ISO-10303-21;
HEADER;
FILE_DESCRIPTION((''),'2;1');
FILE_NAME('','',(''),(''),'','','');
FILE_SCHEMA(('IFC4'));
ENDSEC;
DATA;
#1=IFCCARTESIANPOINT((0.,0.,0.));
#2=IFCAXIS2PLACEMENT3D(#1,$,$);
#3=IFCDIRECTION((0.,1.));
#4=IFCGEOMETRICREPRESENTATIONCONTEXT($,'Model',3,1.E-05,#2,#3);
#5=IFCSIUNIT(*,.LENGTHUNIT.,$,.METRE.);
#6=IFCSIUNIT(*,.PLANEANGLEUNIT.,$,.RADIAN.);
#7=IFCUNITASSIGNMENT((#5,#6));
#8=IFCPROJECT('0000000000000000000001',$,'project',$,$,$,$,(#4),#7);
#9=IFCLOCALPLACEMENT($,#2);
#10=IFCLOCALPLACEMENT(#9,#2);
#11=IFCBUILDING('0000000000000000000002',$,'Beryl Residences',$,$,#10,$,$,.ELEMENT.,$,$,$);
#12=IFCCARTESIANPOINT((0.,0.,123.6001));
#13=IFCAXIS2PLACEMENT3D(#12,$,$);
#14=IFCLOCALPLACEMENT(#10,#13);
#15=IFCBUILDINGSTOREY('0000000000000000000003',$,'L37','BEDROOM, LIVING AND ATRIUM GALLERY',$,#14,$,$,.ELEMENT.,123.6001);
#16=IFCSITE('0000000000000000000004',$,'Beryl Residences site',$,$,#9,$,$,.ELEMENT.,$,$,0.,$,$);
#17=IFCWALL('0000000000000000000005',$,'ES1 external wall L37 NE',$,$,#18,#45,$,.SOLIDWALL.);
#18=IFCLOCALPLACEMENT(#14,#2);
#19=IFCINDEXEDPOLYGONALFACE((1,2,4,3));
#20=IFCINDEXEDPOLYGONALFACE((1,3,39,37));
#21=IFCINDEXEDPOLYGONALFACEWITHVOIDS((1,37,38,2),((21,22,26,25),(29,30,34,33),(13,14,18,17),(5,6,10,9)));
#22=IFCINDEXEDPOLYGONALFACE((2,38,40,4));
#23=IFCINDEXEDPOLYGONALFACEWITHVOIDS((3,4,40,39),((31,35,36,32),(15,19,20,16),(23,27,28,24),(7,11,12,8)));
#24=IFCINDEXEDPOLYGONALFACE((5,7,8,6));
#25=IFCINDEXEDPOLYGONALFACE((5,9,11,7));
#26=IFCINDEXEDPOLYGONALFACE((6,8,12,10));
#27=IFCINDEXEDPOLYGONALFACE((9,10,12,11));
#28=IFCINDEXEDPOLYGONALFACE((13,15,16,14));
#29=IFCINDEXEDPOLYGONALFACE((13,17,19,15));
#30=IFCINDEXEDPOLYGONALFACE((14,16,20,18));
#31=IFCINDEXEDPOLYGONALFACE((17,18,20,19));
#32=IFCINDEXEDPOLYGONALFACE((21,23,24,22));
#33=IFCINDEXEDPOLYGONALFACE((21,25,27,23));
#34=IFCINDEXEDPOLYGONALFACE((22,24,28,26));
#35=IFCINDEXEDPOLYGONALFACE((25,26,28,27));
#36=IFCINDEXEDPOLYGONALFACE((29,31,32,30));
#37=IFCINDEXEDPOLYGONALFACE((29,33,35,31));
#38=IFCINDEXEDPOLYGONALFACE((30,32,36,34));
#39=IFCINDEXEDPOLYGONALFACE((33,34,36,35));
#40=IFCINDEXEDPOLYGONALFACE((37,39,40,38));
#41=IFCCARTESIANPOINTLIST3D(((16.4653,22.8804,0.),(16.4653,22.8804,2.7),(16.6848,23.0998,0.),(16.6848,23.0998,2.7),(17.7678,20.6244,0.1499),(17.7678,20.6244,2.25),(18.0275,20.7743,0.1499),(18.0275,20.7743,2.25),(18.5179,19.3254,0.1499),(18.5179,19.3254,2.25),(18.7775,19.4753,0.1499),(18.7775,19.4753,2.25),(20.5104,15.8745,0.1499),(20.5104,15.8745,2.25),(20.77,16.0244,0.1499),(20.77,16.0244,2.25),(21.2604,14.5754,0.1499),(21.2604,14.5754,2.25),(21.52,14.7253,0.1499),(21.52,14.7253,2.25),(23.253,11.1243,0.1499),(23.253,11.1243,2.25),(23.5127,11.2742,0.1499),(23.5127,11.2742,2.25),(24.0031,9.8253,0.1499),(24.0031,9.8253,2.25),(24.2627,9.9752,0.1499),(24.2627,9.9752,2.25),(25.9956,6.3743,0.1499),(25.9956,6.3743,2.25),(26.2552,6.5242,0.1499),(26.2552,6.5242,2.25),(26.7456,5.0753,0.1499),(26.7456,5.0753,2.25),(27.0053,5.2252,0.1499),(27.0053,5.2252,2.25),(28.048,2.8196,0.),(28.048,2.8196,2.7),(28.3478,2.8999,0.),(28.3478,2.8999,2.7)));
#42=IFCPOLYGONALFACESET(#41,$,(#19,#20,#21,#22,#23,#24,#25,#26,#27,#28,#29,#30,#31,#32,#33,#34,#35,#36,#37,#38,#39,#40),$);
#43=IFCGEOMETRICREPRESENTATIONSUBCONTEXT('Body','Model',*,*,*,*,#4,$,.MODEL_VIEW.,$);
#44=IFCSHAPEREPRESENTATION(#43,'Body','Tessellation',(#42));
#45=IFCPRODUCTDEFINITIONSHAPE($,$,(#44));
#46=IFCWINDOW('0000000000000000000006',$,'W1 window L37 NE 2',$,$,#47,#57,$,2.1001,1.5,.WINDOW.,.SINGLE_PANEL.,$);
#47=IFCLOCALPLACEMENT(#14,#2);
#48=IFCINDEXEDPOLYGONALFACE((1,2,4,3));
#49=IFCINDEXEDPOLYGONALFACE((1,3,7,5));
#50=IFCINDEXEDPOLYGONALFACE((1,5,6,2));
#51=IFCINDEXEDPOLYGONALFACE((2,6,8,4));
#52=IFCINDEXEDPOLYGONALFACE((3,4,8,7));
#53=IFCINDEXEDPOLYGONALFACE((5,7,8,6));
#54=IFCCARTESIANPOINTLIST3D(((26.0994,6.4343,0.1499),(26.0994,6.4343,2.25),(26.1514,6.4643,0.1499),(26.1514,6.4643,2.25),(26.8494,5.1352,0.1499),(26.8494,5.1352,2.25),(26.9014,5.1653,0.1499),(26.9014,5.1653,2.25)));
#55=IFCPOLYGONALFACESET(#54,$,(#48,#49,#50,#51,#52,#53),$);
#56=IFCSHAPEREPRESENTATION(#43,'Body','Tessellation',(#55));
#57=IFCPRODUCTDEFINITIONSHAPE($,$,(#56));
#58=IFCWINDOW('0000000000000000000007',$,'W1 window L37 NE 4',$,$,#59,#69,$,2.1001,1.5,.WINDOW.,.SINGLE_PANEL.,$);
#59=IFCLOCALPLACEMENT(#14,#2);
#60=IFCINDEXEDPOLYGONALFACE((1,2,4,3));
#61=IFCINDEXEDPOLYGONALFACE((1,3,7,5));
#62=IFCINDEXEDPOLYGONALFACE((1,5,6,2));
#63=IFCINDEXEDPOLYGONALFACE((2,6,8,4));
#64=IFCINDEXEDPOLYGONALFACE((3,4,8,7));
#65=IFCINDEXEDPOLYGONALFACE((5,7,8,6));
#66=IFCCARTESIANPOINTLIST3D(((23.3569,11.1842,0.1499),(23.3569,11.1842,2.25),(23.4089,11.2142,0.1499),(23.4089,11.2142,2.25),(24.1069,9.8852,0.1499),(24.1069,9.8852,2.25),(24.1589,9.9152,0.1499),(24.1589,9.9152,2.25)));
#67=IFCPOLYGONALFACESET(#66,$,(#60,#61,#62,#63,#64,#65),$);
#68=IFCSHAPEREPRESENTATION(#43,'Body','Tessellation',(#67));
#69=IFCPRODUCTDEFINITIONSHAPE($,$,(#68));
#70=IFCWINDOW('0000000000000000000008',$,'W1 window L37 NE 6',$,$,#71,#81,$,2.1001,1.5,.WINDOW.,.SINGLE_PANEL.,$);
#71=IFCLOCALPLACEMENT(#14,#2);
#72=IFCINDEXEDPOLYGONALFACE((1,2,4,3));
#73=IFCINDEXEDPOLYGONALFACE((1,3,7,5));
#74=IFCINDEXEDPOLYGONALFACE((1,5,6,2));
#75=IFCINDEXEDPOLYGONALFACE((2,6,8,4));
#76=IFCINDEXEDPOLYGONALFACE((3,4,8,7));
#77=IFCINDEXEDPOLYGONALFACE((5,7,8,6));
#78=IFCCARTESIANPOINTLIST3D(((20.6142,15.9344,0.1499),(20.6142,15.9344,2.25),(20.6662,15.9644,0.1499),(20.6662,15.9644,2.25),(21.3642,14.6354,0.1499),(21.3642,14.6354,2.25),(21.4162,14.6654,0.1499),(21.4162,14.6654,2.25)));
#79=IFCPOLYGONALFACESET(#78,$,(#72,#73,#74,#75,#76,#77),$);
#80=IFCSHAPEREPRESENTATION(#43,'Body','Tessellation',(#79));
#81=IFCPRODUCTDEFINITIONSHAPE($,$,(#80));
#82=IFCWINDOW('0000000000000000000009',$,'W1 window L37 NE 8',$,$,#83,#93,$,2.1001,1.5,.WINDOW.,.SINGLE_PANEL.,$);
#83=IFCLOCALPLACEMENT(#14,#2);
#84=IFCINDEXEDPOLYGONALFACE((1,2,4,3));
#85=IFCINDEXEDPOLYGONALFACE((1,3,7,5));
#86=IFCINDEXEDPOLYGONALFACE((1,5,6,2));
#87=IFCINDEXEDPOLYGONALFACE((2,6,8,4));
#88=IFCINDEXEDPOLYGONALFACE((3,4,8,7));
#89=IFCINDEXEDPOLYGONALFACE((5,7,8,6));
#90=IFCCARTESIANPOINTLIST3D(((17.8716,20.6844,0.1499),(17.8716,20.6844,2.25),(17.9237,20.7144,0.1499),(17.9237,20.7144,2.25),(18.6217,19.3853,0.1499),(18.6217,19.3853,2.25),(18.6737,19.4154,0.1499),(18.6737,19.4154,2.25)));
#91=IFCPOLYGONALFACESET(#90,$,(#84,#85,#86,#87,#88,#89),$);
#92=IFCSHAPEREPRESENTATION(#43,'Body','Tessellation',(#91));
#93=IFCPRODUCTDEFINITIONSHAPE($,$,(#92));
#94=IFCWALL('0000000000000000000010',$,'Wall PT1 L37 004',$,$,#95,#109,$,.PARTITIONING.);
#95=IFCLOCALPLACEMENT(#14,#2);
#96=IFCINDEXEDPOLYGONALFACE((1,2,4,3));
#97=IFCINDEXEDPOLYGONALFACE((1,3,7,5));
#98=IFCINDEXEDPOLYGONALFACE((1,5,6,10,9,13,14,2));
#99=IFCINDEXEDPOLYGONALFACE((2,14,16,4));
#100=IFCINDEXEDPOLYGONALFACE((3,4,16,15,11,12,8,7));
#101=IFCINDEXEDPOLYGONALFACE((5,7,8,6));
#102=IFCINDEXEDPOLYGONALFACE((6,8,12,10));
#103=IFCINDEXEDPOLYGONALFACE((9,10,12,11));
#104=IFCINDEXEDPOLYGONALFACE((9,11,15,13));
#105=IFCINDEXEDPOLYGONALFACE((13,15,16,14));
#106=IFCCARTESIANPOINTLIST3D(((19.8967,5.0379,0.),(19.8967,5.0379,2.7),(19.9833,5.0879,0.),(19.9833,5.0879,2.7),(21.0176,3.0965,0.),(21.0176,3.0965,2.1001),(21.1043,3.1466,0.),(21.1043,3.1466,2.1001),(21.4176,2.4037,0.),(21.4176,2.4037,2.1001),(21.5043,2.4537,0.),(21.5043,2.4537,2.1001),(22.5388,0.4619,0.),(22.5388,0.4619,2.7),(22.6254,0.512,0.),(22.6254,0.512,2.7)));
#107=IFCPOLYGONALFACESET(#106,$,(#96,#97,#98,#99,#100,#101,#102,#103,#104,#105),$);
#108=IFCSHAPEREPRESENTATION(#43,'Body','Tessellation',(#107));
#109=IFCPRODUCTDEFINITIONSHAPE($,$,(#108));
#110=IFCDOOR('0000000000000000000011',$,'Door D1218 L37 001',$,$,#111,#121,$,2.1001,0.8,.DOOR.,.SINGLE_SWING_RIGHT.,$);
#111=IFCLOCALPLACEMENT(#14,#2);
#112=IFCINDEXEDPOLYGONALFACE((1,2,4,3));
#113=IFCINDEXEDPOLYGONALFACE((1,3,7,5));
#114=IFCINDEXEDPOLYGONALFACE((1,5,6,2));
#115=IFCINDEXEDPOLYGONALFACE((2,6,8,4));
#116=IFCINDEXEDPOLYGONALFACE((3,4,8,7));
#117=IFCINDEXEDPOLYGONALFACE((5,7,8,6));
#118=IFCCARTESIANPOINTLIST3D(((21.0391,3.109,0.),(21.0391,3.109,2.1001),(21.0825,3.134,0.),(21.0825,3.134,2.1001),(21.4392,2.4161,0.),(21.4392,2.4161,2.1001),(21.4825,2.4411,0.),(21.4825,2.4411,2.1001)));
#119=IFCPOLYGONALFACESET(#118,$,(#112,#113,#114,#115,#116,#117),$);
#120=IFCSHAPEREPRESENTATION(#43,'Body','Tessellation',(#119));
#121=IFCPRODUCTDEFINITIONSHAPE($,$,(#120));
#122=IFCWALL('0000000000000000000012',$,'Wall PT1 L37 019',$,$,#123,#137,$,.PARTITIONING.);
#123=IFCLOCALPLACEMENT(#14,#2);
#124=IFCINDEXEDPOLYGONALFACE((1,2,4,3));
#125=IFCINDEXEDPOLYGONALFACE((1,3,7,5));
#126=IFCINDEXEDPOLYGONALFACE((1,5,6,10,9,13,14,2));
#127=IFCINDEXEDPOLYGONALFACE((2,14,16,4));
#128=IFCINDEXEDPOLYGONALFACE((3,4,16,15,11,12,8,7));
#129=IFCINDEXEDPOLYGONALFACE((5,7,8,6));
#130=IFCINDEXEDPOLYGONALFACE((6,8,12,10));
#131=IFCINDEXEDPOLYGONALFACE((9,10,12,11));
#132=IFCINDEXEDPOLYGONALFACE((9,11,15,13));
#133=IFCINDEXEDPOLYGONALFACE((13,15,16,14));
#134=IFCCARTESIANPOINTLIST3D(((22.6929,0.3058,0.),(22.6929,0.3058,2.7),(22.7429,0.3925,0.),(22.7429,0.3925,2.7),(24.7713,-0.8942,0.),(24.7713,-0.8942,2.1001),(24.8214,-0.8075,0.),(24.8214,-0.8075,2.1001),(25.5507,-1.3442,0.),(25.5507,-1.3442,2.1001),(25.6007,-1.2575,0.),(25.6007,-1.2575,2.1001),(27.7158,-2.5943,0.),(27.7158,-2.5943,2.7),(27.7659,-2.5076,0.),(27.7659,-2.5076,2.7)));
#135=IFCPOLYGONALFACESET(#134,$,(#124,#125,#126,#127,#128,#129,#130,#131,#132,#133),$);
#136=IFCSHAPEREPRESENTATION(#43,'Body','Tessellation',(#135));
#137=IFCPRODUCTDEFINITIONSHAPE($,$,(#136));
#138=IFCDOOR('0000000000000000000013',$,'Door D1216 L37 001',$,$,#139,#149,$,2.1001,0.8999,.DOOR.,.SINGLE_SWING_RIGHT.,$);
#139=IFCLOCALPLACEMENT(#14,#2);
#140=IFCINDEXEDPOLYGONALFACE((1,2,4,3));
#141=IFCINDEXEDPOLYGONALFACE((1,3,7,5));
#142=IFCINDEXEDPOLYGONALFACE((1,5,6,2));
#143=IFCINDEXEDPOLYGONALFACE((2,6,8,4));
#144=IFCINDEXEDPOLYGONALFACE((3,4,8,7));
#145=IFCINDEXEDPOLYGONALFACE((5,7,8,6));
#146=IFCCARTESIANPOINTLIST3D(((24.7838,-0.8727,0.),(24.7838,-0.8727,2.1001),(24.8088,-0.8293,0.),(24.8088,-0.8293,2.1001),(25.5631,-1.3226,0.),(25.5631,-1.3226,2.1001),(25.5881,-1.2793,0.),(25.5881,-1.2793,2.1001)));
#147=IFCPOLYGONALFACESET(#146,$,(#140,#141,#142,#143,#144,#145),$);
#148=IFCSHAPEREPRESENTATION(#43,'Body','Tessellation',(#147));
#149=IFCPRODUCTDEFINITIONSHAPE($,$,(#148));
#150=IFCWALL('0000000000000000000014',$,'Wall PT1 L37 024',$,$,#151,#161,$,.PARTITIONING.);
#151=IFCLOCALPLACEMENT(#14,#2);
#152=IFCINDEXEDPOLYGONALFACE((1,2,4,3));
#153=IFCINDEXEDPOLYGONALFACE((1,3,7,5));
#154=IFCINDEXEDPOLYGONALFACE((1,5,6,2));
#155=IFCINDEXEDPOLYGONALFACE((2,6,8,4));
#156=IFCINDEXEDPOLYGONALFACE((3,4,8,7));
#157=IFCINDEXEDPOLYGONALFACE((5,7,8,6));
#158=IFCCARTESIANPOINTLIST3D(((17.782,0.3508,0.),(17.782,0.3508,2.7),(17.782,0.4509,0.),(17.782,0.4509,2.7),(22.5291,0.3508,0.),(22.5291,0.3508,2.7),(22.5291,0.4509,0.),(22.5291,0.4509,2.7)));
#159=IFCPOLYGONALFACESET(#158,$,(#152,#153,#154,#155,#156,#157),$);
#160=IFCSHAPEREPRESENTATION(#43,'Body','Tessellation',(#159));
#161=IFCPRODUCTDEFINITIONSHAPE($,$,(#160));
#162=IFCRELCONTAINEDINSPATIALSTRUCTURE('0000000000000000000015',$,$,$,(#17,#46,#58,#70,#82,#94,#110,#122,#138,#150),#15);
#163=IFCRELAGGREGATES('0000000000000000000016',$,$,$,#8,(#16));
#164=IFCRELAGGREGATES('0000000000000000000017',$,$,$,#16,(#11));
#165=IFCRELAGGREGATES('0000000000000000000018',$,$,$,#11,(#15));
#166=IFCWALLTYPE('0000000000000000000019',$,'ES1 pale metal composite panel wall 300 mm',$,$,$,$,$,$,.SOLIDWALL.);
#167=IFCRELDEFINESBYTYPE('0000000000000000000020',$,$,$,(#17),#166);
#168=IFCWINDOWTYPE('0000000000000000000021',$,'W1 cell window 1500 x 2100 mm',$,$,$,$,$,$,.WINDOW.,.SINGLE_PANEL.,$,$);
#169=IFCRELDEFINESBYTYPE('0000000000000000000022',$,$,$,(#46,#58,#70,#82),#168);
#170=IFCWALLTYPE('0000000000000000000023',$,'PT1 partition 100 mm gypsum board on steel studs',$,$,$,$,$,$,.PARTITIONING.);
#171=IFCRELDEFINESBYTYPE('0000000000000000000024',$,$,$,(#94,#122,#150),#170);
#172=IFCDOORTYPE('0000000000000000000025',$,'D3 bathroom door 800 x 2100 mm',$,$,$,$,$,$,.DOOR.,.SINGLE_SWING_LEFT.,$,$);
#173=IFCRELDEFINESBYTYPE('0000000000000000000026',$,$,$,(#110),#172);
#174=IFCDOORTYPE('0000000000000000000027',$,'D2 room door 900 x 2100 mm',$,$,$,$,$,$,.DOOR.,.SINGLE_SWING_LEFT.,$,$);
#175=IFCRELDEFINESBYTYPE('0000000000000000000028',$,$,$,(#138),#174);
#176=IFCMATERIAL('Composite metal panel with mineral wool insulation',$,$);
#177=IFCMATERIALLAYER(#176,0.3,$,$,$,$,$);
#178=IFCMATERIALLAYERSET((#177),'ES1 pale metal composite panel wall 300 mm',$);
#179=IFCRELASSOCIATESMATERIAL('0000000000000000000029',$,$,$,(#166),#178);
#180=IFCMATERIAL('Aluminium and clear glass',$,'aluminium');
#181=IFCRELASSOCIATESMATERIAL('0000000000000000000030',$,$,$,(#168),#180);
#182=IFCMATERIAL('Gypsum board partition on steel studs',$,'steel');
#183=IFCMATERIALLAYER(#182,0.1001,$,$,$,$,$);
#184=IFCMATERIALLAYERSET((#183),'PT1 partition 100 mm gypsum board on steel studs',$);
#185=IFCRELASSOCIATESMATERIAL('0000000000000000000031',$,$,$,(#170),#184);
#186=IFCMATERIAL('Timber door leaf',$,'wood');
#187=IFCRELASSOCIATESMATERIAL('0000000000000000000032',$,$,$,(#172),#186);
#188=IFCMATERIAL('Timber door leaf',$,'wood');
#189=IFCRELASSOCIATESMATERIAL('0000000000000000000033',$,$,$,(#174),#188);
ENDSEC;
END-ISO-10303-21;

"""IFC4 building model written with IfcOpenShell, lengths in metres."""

from ifc_helpers import new_model, si_unit, direction, frame, frame_2d, origin, place, context, subcontext, project, spatial, polyline, rectangle, outline, extrude, material, layer, layer_set, type_object, element, fill, save


model = new_model("IFC4")

# Units and contexts
model_context = context("Model", 3, precision=1e-05, world=origin(), true_north=direction((0.0, 1.0)))
body_context = subcontext(model_context, "Body", "Model", "MODEL_VIEW")
ifc_project = project(units=[si_unit("LENGTHUNIT", "METRE"), si_unit("PLANEANGLEUNIT", "RADIAN")], contexts=[model_context])

# Site, building, storey
site_placement = place(None, origin())
site = spatial("IfcSite", under=ifc_project, at=site_placement, Name="Beryl Residences site", CompositionType="ELEMENT", RefElevation=0.0)
building_placement = place(site_placement, origin())
building = spatial("IfcBuilding", under=site, at=building_placement, Name="Beryl Residences", CompositionType="ELEMENT")
storey_placement = place(building_placement, frame((0.0, 0.0, 123.6001)))
storey = spatial("IfcBuildingStorey", under=building, at=storey_placement, Name="L37", Description="BEDROOM, LIVING AND ATRIUM GALLERY", CompositionType="ELEMENT", Elevation=123.6001)

# Wall, openings, windows
ifc_material_1 = material(Name="Composite metal panel with mineral wool insulation")
ifc_layer_1 = layer(ifc_material_1, 0.3)
ifc_layer_set_1 = layer_set([ifc_layer_1], Name="ES1 pale metal composite panel wall 300 mm")
wall_type_1 = type_object("IfcWallType", Name="ES1 pale metal composite panel wall 300 mm", PredefinedType="SOLIDWALL", material=ifc_layer_set_1)
wall_1_placement = place(storey_placement, frame((28.218, 2.825, 0.0), z_axis=(0.0, 0.0, 1.0), x_axis=(-0.500021, 0.866014, 0.0)))
wall_1 = element("IfcWall", 1, at=wall_1_placement, inside=storey, type_object=wall_type_1, Name="ES1 external wall L37 NE", PredefinedType="SOLIDWALL", context=body_context, shape_type="SweptSolid", body=[
    extrude(outline(polyline([(0.0, -0.1499), (23.3252, -0.1499), (23.2449, 0.1499), (0.0803, 0.1499), (0.0, -0.1499)])), origin(), (0.0, 0.0, 1.0), 2.7),
])
opening_1_placement = place(wall_1_placement, frame((2.6851, 0.0, 0.1499)))
opening_1 = element("IfcOpeningElement", 2, at=opening_1_placement, cuts=wall_1, PredefinedType="OPENING", context=body_context, shape_type="SweptSolid", body=[
    extrude(rectangle(XDim=1.5, YDim=2.1001, at=frame_2d((0.75, 1.05))), frame((0.0, 0.1599, 0.0), z_axis=(0.0, -1.0, 0.0), x_axis=(1.0, 0.0, 0.0)), (0.0, 0.0, 1.0), 0.3201),
])
opening_2_placement = place(wall_1_placement, frame((8.1699, 0.0, 0.1499)))
opening_2 = element("IfcOpeningElement", 3, at=opening_2_placement, cuts=wall_1, PredefinedType="OPENING", context=body_context, shape_type="SweptSolid", body=[
    extrude(rectangle(XDim=1.5, YDim=2.1001, at=frame_2d((0.75, 1.05))), frame((0.0, 0.1599, 0.0), z_axis=(0.0, -1.0, 0.0), x_axis=(1.0, 0.0, 0.0)), (0.0, 0.0, 1.0), 0.3201),
])
opening_3_placement = place(wall_1_placement, frame((13.655, 0.0, 0.1499)))
opening_3 = element("IfcOpeningElement", 4, at=opening_3_placement, cuts=wall_1, PredefinedType="OPENING", context=body_context, shape_type="SweptSolid", body=[
    extrude(rectangle(XDim=1.5, YDim=2.1001, at=frame_2d((0.75, 1.05))), frame((0.0, 0.1599, 0.0), z_axis=(0.0, -1.0, 0.0), x_axis=(1.0, 0.0, 0.0)), (0.0, 0.0, 1.0), 0.3201),
])
opening_4_placement = place(wall_1_placement, frame((19.1399, 0.0, 0.1499)))
opening_4 = element("IfcOpeningElement", 5, at=opening_4_placement, cuts=wall_1, PredefinedType="OPENING", context=body_context, shape_type="SweptSolid", body=[
    extrude(rectangle(XDim=1.5, YDim=2.1001, at=frame_2d((0.75, 1.05))), frame((0.0, 0.1599, 0.0), z_axis=(0.0, -1.0, 0.0), x_axis=(1.0, 0.0, 0.0)), (0.0, 0.0, 1.0), 0.3201),
])
ifc_material_2 = material(Name="Aluminium and clear glass", Category="aluminium")
window_type = type_object("IfcWindowType", Name="W1 cell window 1500 x 2100 mm", PartitioningType="SINGLE_PANEL", PredefinedType="WINDOW", material=ifc_material_2)
window_1_placement = place(opening_1_placement, origin())
window_1 = element("IfcWindow", 6, at=window_1_placement, inside=storey, type_object=window_type, Name="W1 window L37 NE 2", OverallHeight=2.1001, OverallWidth=1.5, PartitioningType="SINGLE_PANEL", PredefinedType="WINDOW", context=body_context, shape_type="SweptSolid", body=[
    extrude(rectangle(XDim=1.5, YDim=2.1001, at=frame_2d((0.75, 1.05))), frame((0.0, 0.03, 0.0), z_axis=(0.0, -1.0, 0.0), x_axis=(1.0, 0.0, 0.0)), (0.0, 0.0, 1.0), 0.0601),
])
fill(opening_1, window_1)
window_2_placement = place(opening_2_placement, origin())
window_2 = element("IfcWindow", 7, at=window_2_placement, inside=storey, type_object=window_type, Name="W1 window L37 NE 4", OverallHeight=2.1001, OverallWidth=1.5, PartitioningType="SINGLE_PANEL", PredefinedType="WINDOW", context=body_context, shape_type="SweptSolid", body=[
    extrude(rectangle(XDim=1.5, YDim=2.1001, at=frame_2d((0.75, 1.05))), frame((0.0, 0.03, 0.0), z_axis=(0.0, -1.0, 0.0), x_axis=(1.0, 0.0, 0.0)), (0.0, 0.0, 1.0), 0.0601),
])
fill(opening_2, window_2)
window_3_placement = place(opening_3_placement, origin())
window_3 = element("IfcWindow", 8, at=window_3_placement, inside=storey, type_object=window_type, Name="W1 window L37 NE 6", OverallHeight=2.1001, OverallWidth=1.5, PartitioningType="SINGLE_PANEL", PredefinedType="WINDOW", context=body_context, shape_type="SweptSolid", body=[
    extrude(rectangle(XDim=1.5, YDim=2.1001, at=frame_2d((0.75, 1.05))), frame((0.0, 0.03, 0.0), z_axis=(0.0, -1.0, 0.0), x_axis=(1.0, 0.0, 0.0)), (0.0, 0.0, 1.0), 0.0601),
])
fill(opening_3, window_3)
window_4_placement = place(opening_4_placement, origin())
window_4 = element("IfcWindow", 9, at=window_4_placement, inside=storey, type_object=window_type, Name="W1 window L37 NE 8", OverallHeight=2.1001, OverallWidth=1.5, PartitioningType="SINGLE_PANEL", PredefinedType="WINDOW", context=body_context, shape_type="SweptSolid", body=[
    extrude(rectangle(XDim=1.5, YDim=2.1001, at=frame_2d((0.75, 1.05))), frame((0.0, 0.03, 0.0), z_axis=(0.0, -1.0, 0.0), x_axis=(1.0, 0.0, 0.0)), (0.0, 0.0, 1.0), 0.0601),
])
fill(opening_4, window_4)

# Walls, openings, doors
ifc_material_3 = material(Name="Gypsum board partition on steel studs", Category="steel")
ifc_layer_2 = layer(ifc_material_3, 0.1001)
ifc_layer_set_2 = layer_set([ifc_layer_2], Name="PT1 partition 100 mm gypsum board on steel studs")
wall_type_2 = type_object("IfcWallType", Name="PT1 partition 100 mm gypsum board on steel studs", PredefinedType="PARTITIONING", material=ifc_layer_set_2)
wall_2_placement = place(storey_placement, frame((19.9399, 5.063, 0.0), z_axis=(0.0, 0.0, 1.0), x_axis=(0.500025, -0.866011, 0.0)))
wall_2 = element("IfcWall", 10, at=wall_2_placement, inside=storey, type_object=wall_type_2, Name="Wall PT1 L37 004", PredefinedType="PARTITIONING", context=body_context, shape_type="SweptSolid", body=[
    extrude(rectangle(XDim=5.2839, YDim=0.1001, at=frame_2d((2.6421, 0.0))), origin(), (0.0, 0.0, 1.0), 2.7),
])
opening_5_placement = place(wall_2_placement, frame((2.2419, 0.0, 0.0)))
opening_5 = element("IfcOpeningElement", 11, at=opening_5_placement, cuts=wall_2, PredefinedType="OPENING", context=body_context, shape_type="SweptSolid", body=[
    extrude(rectangle(XDim=0.8, YDim=2.1001, at=frame_2d((0.3999, 1.05))), frame((0.0, 0.0601, 0.0), z_axis=(0.0, -1.0, 0.0), x_axis=(1.0, 0.0, 0.0)), (0.0, 0.0, 1.0), 0.1201),
])
ifc_material_4 = material(Name="Timber door leaf", Category="wood")
door_type_1 = type_object("IfcDoorType", Name="D3 bathroom door 800 x 2100 mm", OperationType="SINGLE_SWING_LEFT", PredefinedType="DOOR", material=ifc_material_4)
door_1_placement = place(opening_5_placement, origin())
door_1 = element("IfcDoor", 12, at=door_1_placement, inside=storey, type_object=door_type_1, Name="Door D1218 L37 001", OperationType="SINGLE_SWING_RIGHT", OverallHeight=2.1001, OverallWidth=0.8, PredefinedType="DOOR", context=body_context, shape_type="SweptSolid", body=[
    extrude(rectangle(XDim=0.8, YDim=2.1001, at=frame_2d((0.3999, 1.05))), frame((0.0, 0.0249, 0.0), z_axis=(0.0, -1.0, 0.0), x_axis=(1.0, 0.0, 0.0)), (0.0, 0.0, 1.0), 0.05),
])
fill(opening_5, door_1)
wall_3_placement = place(storey_placement, frame((22.718, 0.3491, 0.0), z_axis=(0.0, 0.0, 1.0), x_axis=(0.866015, -0.500019, 0.0)))
wall_3 = element("IfcWall", 13, at=wall_3_placement, inside=storey, type_object=wall_type_2, Name="Wall PT1 L37 019", PredefinedType="PARTITIONING", context=body_context, shape_type="SweptSolid", body=[
    extrude(rectangle(XDim=5.8, YDim=0.1001, at=frame_2d((2.8999, 0.0))), origin(), (0.0, 0.0, 1.0), 2.7),
])
opening_6_placement = place(wall_3_placement, frame((2.3999, 0.0, 0.0)))
opening_6 = element("IfcOpeningElement", 14, at=opening_6_placement, cuts=wall_3, PredefinedType="OPENING", context=body_context, shape_type="SweptSolid", body=[
    extrude(rectangle(XDim=0.8999, YDim=2.1001, at=frame_2d((0.45, 1.05))), frame((0.0, 0.0601, 0.0), z_axis=(0.0, -1.0, 0.0), x_axis=(1.0, 0.0, 0.0)), (0.0, 0.0, 1.0), 0.1201),
])
ifc_material_5 = material(Name="Timber door leaf", Category="wood")
door_type_2 = type_object("IfcDoorType", Name="D2 room door 900 x 2100 mm", OperationType="SINGLE_SWING_LEFT", PredefinedType="DOOR", material=ifc_material_5)
door_2_placement = place(opening_6_placement, origin())
door_2 = element("IfcDoor", 15, at=door_2_placement, inside=storey, type_object=door_type_2, Name="Door D1216 L37 001", OperationType="SINGLE_SWING_RIGHT", OverallHeight=2.1001, OverallWidth=0.8999, PredefinedType="DOOR", context=body_context, shape_type="SweptSolid", body=[
    extrude(rectangle(XDim=0.8999, YDim=2.1001, at=frame_2d((0.45, 1.05))), frame((0.0, 0.0249, 0.0), z_axis=(0.0, -1.0, 0.0), x_axis=(1.0, 0.0, 0.0)), (0.0, 0.0, 1.0), 0.05),
])
fill(opening_6, door_2)

# Wall
wall_4_placement = place(storey_placement, frame((17.782, 0.4009, 0.0), z_axis=(0.0, 0.0, 1.0), x_axis=(1.0, 0.0, 0.0)))
element("IfcWall", 16, at=wall_4_placement, inside=storey, type_object=wall_type_2, Name="Wall PT1 L37 024", PredefinedType="PARTITIONING", context=body_context, shape_type="SweptSolid", body=[
    extrude(rectangle(XDim=4.7471, YDim=0.1001, at=frame_2d((2.3735, 0.0))), origin(), (0.0, 0.0, 1.0), 2.7),
])

save(model, "model.ifc")
